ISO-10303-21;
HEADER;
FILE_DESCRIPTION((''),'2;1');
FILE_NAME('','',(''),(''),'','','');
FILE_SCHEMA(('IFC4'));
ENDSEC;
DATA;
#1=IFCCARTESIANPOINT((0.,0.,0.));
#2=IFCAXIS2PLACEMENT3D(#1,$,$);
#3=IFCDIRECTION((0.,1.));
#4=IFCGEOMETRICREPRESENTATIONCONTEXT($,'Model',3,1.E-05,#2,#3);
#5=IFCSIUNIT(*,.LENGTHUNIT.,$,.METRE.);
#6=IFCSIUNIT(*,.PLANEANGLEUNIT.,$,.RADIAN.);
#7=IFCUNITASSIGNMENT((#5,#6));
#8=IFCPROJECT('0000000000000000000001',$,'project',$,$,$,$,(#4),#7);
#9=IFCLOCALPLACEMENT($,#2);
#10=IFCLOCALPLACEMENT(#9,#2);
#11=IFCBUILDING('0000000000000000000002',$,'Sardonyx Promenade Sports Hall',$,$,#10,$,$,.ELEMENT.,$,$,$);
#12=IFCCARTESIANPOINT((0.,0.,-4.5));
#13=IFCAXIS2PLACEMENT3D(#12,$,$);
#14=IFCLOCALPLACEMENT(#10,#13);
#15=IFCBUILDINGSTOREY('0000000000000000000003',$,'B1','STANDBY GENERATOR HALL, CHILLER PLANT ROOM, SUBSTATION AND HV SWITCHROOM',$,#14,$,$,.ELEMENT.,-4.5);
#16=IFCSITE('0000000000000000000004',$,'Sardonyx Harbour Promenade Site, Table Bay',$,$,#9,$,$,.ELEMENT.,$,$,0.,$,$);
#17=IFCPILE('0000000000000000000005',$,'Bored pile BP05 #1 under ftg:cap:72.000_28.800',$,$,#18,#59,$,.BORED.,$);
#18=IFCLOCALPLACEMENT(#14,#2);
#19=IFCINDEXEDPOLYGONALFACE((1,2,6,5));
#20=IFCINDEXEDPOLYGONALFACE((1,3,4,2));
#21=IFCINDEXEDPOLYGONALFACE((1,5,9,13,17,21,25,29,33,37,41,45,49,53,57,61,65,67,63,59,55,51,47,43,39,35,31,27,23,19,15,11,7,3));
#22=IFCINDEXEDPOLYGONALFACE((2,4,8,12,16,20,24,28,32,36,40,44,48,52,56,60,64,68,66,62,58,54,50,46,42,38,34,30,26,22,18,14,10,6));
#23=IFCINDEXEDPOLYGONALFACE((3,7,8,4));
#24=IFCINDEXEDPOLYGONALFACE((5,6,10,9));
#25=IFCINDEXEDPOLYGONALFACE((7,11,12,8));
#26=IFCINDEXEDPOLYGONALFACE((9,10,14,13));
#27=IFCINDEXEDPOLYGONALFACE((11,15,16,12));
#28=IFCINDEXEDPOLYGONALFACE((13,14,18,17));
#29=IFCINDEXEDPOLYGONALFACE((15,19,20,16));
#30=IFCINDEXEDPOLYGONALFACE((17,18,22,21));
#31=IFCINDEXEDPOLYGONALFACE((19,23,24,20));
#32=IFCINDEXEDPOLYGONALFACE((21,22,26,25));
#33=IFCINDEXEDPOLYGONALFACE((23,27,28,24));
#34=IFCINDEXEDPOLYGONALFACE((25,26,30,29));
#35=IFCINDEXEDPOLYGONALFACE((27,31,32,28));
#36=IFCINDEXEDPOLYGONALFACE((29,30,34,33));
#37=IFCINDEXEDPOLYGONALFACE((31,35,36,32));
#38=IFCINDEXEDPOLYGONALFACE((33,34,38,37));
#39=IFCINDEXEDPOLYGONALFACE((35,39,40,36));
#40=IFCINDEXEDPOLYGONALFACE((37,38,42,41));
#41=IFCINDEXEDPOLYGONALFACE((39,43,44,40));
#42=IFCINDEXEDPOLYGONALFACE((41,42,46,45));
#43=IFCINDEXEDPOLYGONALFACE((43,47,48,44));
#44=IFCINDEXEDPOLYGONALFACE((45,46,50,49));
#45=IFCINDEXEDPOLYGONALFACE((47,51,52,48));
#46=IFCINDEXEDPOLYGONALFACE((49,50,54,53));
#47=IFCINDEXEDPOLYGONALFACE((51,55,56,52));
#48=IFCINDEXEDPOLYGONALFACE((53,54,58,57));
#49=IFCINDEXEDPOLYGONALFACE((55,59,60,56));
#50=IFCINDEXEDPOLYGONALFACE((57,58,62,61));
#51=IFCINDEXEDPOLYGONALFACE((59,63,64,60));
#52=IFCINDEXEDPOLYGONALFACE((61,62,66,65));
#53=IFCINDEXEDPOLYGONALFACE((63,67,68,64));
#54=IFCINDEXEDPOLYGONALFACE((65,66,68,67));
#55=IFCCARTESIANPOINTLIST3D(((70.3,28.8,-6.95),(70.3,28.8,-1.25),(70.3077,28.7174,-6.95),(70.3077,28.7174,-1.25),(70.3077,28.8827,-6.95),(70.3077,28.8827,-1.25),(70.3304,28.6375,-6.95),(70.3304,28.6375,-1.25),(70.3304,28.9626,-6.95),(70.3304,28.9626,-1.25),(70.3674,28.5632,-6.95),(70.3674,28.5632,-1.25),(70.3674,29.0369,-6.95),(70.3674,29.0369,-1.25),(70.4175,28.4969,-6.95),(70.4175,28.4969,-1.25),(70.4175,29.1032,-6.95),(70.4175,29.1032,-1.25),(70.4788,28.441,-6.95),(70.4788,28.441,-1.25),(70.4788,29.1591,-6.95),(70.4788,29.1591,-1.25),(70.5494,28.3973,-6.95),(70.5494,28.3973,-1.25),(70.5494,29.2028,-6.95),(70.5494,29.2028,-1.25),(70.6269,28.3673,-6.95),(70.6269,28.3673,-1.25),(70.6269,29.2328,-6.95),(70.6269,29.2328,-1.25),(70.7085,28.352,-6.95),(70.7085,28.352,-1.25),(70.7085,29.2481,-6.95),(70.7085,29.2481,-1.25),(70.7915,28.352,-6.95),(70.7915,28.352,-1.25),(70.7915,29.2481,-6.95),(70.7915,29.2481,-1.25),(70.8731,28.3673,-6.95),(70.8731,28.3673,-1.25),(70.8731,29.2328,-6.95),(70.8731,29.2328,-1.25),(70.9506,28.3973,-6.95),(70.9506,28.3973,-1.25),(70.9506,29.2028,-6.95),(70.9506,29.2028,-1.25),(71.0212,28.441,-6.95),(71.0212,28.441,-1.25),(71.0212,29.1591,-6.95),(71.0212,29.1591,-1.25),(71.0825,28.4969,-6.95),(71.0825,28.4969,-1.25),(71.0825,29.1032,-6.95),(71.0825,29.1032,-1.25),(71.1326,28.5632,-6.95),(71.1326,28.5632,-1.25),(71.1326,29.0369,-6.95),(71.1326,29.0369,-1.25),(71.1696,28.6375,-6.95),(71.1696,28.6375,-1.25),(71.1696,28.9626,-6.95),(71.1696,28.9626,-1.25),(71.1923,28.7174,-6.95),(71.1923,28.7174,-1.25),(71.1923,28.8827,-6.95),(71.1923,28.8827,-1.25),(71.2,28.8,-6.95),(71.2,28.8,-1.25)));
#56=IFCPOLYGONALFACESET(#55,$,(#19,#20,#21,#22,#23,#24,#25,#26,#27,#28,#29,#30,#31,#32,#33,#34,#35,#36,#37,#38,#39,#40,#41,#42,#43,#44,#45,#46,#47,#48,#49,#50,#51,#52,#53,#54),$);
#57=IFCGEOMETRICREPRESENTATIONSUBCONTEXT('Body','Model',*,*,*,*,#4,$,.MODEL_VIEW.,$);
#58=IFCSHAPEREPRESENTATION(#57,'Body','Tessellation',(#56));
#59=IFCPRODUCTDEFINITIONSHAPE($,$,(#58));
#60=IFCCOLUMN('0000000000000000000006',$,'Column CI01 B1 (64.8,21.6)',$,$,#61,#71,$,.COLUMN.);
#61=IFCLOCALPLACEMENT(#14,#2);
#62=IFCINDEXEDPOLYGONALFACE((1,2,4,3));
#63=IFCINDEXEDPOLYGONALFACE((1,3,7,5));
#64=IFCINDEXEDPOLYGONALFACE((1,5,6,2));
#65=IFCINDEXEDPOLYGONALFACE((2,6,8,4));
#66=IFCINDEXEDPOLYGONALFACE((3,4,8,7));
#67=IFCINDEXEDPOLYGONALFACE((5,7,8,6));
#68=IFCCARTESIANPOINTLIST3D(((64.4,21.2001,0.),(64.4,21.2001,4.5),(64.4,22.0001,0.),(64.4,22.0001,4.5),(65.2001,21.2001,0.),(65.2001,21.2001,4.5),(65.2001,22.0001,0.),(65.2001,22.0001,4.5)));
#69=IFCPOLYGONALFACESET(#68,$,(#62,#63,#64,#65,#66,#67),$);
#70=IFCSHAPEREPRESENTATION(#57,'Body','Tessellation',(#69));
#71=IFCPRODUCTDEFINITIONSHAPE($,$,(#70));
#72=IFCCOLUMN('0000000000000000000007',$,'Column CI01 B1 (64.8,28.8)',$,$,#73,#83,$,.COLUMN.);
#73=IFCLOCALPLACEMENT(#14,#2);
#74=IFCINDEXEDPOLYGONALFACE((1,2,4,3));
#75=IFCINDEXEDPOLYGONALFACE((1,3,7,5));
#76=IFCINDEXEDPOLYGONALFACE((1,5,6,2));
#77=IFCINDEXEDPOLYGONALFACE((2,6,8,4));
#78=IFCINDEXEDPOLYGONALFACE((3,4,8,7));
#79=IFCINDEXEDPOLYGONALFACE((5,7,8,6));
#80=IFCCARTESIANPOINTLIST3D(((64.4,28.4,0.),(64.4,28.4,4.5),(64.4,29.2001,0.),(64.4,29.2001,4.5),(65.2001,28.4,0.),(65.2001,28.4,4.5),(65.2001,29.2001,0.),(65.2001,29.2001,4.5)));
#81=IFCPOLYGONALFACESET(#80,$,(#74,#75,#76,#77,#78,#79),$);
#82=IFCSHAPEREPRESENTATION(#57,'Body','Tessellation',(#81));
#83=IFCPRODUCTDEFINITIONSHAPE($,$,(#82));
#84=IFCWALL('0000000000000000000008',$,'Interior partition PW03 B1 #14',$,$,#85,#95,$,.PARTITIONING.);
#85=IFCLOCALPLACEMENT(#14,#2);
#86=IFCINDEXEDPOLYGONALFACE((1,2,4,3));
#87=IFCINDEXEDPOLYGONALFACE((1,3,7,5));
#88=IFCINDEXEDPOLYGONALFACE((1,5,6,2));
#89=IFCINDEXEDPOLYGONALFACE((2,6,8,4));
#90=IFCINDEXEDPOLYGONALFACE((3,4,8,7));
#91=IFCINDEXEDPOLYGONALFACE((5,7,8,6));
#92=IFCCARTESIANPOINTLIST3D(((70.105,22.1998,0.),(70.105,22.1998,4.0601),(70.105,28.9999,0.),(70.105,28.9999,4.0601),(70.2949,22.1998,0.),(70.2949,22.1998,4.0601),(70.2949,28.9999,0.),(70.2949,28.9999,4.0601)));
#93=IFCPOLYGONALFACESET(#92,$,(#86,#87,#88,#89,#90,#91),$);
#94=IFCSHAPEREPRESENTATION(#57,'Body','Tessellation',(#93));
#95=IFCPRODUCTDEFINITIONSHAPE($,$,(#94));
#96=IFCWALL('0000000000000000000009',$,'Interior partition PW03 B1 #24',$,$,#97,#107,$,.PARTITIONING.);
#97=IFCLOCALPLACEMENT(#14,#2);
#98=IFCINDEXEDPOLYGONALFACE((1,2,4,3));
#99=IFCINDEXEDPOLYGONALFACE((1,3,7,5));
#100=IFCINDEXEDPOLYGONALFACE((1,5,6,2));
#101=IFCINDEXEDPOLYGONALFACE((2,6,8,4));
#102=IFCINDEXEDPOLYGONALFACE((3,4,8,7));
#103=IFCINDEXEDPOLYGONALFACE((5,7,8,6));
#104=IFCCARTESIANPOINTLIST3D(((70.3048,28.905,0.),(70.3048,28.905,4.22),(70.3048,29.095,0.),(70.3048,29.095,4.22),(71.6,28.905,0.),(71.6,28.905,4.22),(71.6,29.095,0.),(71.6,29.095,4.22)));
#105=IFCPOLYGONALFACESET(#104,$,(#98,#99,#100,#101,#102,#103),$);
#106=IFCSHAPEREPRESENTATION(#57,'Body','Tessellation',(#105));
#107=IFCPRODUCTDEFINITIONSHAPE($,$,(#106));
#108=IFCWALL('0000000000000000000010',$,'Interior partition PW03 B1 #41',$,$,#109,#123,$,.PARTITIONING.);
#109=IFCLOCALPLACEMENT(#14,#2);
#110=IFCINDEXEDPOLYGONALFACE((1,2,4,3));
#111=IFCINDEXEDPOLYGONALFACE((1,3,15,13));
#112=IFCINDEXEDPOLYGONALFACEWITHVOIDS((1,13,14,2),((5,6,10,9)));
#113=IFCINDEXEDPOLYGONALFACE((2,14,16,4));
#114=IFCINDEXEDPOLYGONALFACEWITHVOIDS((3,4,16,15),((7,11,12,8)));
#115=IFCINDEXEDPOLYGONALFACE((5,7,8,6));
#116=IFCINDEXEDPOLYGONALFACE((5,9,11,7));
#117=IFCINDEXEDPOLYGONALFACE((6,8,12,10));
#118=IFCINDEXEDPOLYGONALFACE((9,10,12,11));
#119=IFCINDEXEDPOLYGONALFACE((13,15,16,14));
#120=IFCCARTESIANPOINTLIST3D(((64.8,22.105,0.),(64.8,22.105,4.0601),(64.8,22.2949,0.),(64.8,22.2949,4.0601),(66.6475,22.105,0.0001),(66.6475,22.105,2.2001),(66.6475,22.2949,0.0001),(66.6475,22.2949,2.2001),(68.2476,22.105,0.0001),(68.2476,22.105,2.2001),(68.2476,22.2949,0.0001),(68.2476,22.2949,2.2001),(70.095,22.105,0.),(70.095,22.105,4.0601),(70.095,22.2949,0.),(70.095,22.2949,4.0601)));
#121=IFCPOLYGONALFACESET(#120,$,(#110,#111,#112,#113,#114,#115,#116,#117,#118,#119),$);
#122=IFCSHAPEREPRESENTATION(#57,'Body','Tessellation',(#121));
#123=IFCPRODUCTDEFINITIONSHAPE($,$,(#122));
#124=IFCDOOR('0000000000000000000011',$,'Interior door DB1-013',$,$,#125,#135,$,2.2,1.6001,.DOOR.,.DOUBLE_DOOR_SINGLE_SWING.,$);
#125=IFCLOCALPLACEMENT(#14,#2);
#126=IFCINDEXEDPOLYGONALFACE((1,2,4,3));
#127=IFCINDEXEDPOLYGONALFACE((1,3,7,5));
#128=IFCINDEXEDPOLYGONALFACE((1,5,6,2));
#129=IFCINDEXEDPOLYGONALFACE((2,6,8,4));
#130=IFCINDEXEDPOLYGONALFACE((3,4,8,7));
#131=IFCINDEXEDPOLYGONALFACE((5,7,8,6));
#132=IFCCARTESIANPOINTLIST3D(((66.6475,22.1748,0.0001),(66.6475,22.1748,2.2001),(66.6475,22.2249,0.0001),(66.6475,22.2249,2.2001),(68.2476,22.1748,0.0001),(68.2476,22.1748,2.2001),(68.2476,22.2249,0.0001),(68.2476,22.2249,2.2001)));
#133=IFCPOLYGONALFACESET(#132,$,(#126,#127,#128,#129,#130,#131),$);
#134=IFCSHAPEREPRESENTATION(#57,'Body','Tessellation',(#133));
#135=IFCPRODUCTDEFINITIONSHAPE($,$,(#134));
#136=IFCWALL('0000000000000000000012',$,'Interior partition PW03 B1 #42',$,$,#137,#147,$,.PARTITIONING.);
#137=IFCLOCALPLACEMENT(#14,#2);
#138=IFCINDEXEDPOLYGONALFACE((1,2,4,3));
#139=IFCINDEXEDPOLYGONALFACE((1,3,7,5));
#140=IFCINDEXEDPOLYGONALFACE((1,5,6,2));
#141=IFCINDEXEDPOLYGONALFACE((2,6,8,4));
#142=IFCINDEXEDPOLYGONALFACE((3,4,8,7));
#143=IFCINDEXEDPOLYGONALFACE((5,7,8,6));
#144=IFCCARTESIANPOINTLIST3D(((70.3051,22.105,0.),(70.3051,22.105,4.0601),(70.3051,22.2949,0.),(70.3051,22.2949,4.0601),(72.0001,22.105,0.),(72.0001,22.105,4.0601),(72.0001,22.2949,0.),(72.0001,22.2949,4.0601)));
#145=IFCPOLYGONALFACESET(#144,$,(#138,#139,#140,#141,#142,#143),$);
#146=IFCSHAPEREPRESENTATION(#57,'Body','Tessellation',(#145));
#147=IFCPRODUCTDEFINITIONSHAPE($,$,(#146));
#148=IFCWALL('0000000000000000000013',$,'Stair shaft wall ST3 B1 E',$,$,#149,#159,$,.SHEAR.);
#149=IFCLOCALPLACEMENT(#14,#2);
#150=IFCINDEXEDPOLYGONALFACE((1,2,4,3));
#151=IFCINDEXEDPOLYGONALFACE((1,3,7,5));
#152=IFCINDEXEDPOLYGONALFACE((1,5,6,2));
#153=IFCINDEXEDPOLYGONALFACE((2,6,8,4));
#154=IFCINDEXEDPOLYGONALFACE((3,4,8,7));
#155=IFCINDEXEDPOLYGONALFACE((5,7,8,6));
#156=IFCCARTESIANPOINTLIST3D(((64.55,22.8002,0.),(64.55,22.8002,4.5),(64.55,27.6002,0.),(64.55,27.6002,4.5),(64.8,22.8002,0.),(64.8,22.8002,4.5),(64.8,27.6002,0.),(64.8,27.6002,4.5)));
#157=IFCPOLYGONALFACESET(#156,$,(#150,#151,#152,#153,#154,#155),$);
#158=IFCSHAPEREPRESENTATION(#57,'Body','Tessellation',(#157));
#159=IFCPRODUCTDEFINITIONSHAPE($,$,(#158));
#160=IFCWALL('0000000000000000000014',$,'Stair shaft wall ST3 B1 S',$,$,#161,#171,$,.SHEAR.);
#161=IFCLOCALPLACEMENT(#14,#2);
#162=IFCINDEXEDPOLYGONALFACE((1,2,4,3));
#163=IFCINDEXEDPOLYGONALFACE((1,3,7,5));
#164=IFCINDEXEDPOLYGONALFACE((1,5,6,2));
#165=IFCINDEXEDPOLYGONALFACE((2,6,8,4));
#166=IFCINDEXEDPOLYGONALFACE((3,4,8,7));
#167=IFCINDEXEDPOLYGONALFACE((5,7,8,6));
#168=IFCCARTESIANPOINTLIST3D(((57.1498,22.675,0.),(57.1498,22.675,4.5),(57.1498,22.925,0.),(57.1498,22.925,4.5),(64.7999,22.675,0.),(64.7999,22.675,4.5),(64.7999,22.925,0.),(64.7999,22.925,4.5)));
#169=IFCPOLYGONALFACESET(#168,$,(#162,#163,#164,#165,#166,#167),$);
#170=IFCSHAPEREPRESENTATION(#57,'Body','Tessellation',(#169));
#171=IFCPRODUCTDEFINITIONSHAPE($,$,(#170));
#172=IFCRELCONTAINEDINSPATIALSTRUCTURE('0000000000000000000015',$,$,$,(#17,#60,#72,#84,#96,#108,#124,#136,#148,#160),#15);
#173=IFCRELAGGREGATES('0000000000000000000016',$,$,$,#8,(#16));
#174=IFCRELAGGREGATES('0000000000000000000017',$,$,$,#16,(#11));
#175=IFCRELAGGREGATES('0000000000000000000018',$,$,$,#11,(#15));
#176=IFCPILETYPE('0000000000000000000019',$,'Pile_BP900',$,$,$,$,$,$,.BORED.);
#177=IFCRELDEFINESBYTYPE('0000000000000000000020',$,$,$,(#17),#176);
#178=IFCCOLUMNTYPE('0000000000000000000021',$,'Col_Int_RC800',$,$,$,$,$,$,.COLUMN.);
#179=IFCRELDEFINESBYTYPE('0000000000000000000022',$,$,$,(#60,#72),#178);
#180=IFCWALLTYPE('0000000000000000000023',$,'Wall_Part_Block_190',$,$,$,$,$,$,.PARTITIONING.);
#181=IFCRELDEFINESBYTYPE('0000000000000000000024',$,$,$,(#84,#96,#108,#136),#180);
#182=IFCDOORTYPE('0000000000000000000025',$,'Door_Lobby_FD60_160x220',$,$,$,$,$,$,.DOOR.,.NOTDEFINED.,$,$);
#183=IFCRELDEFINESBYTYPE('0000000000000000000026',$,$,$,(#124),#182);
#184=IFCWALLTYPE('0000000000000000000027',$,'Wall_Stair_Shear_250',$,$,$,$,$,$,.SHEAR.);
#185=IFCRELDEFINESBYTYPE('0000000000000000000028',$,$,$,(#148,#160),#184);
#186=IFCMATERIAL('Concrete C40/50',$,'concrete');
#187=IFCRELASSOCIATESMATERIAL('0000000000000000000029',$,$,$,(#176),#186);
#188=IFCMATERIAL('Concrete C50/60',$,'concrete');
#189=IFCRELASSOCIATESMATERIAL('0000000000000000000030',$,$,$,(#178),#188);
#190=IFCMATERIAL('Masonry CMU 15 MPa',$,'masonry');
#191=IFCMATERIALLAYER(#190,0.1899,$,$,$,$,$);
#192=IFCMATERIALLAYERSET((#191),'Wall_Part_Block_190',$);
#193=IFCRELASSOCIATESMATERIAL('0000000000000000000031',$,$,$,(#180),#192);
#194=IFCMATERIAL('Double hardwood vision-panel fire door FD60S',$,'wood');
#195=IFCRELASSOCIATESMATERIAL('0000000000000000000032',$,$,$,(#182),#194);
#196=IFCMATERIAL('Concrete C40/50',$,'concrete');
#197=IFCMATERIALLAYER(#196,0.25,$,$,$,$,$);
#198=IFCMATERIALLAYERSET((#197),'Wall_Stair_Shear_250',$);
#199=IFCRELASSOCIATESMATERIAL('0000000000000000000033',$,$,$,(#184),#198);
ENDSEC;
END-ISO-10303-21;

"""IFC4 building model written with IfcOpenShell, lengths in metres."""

from ifc_helpers import new_model, si_unit, direction, frame, frame_2d, origin, origin_2d, place, context, subcontext, project, spatial, rectangle, circle, extrude, material, layer, layer_set, material_profile, profile_set, type_object, element, fill, save


model = new_model("IFC4")

# Units and contexts
model_context = context("Model", 3, precision=1e-05, world=origin(), true_north=direction((0.0, 1.0)))
body_context = subcontext(model_context, "Body", "Model", "MODEL_VIEW")
ifc_project = project(units=[si_unit("LENGTHUNIT", "METRE"), si_unit("PLANEANGLEUNIT", "RADIAN")], contexts=[model_context])

# Site, building, storey
site_placement = place(None, origin())
site = spatial("IfcSite", under=ifc_project, at=site_placement, Name="Sardonyx Harbour Promenade Site, Table Bay", CompositionType="ELEMENT", RefElevation=0.0)
building_placement = place(site_placement, origin())
building = spatial("IfcBuilding", under=site, at=building_placement, Name="Sardonyx Promenade Sports Hall", CompositionType="ELEMENT")
storey_placement = place(building_placement, frame((0.0, 0.0, -4.5)))
storey = spatial("IfcBuildingStorey", under=building, at=storey_placement, Name="B1", Description="STANDBY GENERATOR HALL, CHILLER PLANT ROOM, SUBSTATION AND HV SWITCHROOM", CompositionType="ELEMENT", Elevation=-4.5)

# Pile
ifc_material_1 = material(Name="Concrete C40/50", Category="concrete")
ifc_material_profile_1 = material_profile(ifc_material_1, circle(Radius=0.45, at=origin_2d()))
ifc_profile_set_1 = profile_set([ifc_material_profile_1], Name="Concrete C40/50")
pile_type_1 = type_object("IfcPileType", Name="Pile_BP900", PredefinedType="BORED", material=ifc_profile_set_1)
for number, where, z_axis, x_axis, name in (
    (1, (70.75, 28.8, -1.25), (0.0, 0.0, -1.0), (1.0, 0.0, 0.0), "Bored pile BP05 #1 under ftg:cap:72.000_28.800"),
):
    element("IfcPile", number, at=place(storey_placement, frame(where, z_axis=z_axis, x_axis=x_axis)), inside=storey, type_object=pile_type_1, Name=name, PredefinedType="BORED", context=body_context, shape_type="SweptSolid", body=[
        extrude(circle(Radius=0.45, at=origin_2d()), origin(), (0.0, 0.0, 1.0), 5.7),
    ])

# Columns
ifc_material_2 = material(Name="Concrete C50/60", Category="concrete")
ifc_material_profile_2 = material_profile(ifc_material_2, rectangle(XDim=0.8, YDim=0.8, at=origin_2d()))
ifc_profile_set_2 = profile_set([ifc_material_profile_2], Name="Concrete C50/60")
column_type = type_object("IfcColumnType", Name="Col_Int_RC800", PredefinedType="COLUMN", material=ifc_profile_set_2)
for number, where, z_axis, x_axis, name in (
    (2, (64.8, 21.6001, 0.0), (0.0, 0.0, 1.0), (1.0, 0.0, 0.0), "Column CI01 B1 (64.8,21.6)"),
    (3, (64.8, 28.8, 0.0), (0.0, 0.0, 1.0), (1.0, 0.0, 0.0), "Column CI01 B1 (64.8,28.8)"),
):
    element("IfcColumn", number, at=place(storey_placement, frame(where, z_axis=z_axis, x_axis=x_axis)), inside=storey, type_object=column_type, Name=name, PredefinedType="COLUMN", context=body_context, shape_type="SweptSolid", body=[
        extrude(rectangle(XDim=0.8, YDim=0.8, at=origin_2d()), origin(), (0.0, 0.0, 1.0), 4.5),
    ])

# Shared definitions
ifc_material_3 = material(Name="Masonry CMU 15 MPa", Category="masonry")
ifc_layer_1 = layer(ifc_material_3, 0.1899)
ifc_layer_set_1 = layer_set([ifc_layer_1], Name="Wall_Part_Block_190")
wall_type_1 = type_object("IfcWallType", Name="Wall_Part_Block_190", PredefinedType="PARTITIONING", material=ifc_layer_set_1)

# Wall
wall_1_placement = place(storey_placement, frame((70.2, 22.2, 0.0), z_axis=(0.0, 0.0, 1.0), x_axis=(0.0, 1.0, 0.0)))
element("IfcWall", 4, at=wall_1_placement, inside=storey, type_object=wall_type_1, Name="Interior partition PW03 B1 #14", PredefinedType="PARTITIONING", context=body_context, shape_type="SweptSolid", body=[
    extrude(rectangle(XDim=6.8, YDim=0.1899, at=frame_2d((3.3999, 0.0))), origin(), (0.0, 0.0, 1.0), 4.0601),
])

# Wall
wall_2_placement = place(storey_placement, frame((70.3049, 29.0, 0.0), z_axis=(0.0, 0.0, 1.0), x_axis=(1.0, 0.0, 0.0)))
element("IfcWall", 5, at=wall_2_placement, inside=storey, type_object=wall_type_1, Name="Interior partition PW03 B1 #24", PredefinedType="PARTITIONING", context=body_context, shape_type="SweptSolid", body=[
    extrude(rectangle(XDim=1.2952, YDim=0.1899, at=frame_2d((0.6475, 0.0))), origin(), (0.0, 0.0, 1.0), 4.22),
])

# Wall, opening, door
wall_3_placement = place(storey_placement, frame((64.8, 22.2, 0.0), z_axis=(0.0, 0.0, 1.0), x_axis=(1.0, 0.0, 0.0)))
wall_3 = element("IfcWall", 6, at=wall_3_placement, inside=storey, type_object=wall_type_1, Name="Interior partition PW03 B1 #41", PredefinedType="PARTITIONING", context=body_context, shape_type="SweptSolid", body=[
    extrude(rectangle(XDim=5.2949, YDim=0.1899, at=frame_2d((2.6475, 0.0))), origin(), (0.0, 0.0, 1.0), 4.0601),
])
opening_1_placement = place(wall_3_placement, frame((1.8474, 0.0, 0.0)))
opening_1 = element("IfcOpeningElement", 7, at=opening_1_placement, cuts=wall_3, PredefinedType="OPENING", context=body_context, shape_type="SweptSolid", body=[
    extrude(rectangle(XDim=1.6001, YDim=2.2, at=frame_2d((0.8, 1.1001))), frame((0.0, 0.105, 0.0), z_axis=(0.0, -1.0, 0.0), x_axis=(1.0, 0.0, 0.0)), (0.0, 0.0, 1.0), 0.21),
])
ifc_material_4 = material(Name="Double hardwood vision-panel fire door FD60S", Category="wood")
door_type_1 = type_object("IfcDoorType", Name="Door_Lobby_FD60_160x220", OperationType="NOTDEFINED", PredefinedType="DOOR", material=ifc_material_4)
door_1_placement = place(opening_1_placement, origin())
door_1 = element("IfcDoor", 8, at=door_1_placement, inside=storey, type_object=door_type_1, Name="Interior door DB1-013", OperationType="DOUBLE_DOOR_SINGLE_SWING", OverallHeight=2.2, OverallWidth=1.6001, PredefinedType="DOOR", context=body_context, shape_type="SweptSolid", body=[
    extrude(rectangle(XDim=1.6001, YDim=2.2, at=frame_2d((0.8, 1.1001))), frame((0.0, 0.0249, 0.0), z_axis=(0.0, -1.0, 0.0), x_axis=(1.0, 0.0, 0.0)), (0.0, 0.0, 1.0), 0.05),
])
fill(opening_1, door_1)

# Walls
wall_4_placement = place(storey_placement, frame((70.3049, 22.2, 0.0), z_axis=(0.0, 0.0, 1.0), x_axis=(1.0, 0.0, 0.0)))
element("IfcWall", 9, at=wall_4_placement, inside=storey, type_object=wall_type_1, Name="Interior partition PW03 B1 #42", PredefinedType="PARTITIONING", context=body_context, shape_type="SweptSolid", body=[
    extrude(rectangle(XDim=1.6951, YDim=0.1899, at=frame_2d((0.8477, 0.0))), origin(), (0.0, 0.0, 1.0), 4.0601),
])
ifc_material_5 = material(Name="Concrete C40/50", Category="concrete")
ifc_layer_2 = layer(ifc_material_5, 0.25)
ifc_layer_set_2 = layer_set([ifc_layer_2], Name="Wall_Stair_Shear_250")
wall_type_2 = type_object("IfcWallType", Name="Wall_Stair_Shear_250", PredefinedType="SHEAR", material=ifc_layer_set_2)
wall_5_placement = place(storey_placement, frame((64.675, 27.6001, 0.0), z_axis=(0.0, 0.0, 1.0), x_axis=(0.0, -1.0, 0.0)))
element("IfcWall", 10, at=wall_5_placement, inside=storey, type_object=wall_type_2, Name="Stair shaft wall ST3 B1 E", PredefinedType="SHEAR", context=body_context, shape_type="SweptSolid", body=[
    extrude(rectangle(XDim=4.8, YDim=0.25, at=frame_2d((2.3999, 0.0))), origin(), (0.0, 0.0, 1.0), 4.5),
])
wall_6_placement = place(storey_placement, frame((64.8, 22.8, 0.0), z_axis=(0.0, 0.0, 1.0), x_axis=(-1.0, 0.0, 0.0)))
element("IfcWall", 11, at=wall_6_placement, inside=storey, type_object=wall_type_2, Name="Stair shaft wall ST3 B1 S", PredefinedType="SHEAR", context=body_context, shape_type="SweptSolid", body=[
    extrude(rectangle(XDim=7.6501, YDim=0.25, at=frame_2d((3.8252, 0.0))), origin(), (0.0, 0.0, 1.0), 4.5),
])

save(model, "model.ifc")
